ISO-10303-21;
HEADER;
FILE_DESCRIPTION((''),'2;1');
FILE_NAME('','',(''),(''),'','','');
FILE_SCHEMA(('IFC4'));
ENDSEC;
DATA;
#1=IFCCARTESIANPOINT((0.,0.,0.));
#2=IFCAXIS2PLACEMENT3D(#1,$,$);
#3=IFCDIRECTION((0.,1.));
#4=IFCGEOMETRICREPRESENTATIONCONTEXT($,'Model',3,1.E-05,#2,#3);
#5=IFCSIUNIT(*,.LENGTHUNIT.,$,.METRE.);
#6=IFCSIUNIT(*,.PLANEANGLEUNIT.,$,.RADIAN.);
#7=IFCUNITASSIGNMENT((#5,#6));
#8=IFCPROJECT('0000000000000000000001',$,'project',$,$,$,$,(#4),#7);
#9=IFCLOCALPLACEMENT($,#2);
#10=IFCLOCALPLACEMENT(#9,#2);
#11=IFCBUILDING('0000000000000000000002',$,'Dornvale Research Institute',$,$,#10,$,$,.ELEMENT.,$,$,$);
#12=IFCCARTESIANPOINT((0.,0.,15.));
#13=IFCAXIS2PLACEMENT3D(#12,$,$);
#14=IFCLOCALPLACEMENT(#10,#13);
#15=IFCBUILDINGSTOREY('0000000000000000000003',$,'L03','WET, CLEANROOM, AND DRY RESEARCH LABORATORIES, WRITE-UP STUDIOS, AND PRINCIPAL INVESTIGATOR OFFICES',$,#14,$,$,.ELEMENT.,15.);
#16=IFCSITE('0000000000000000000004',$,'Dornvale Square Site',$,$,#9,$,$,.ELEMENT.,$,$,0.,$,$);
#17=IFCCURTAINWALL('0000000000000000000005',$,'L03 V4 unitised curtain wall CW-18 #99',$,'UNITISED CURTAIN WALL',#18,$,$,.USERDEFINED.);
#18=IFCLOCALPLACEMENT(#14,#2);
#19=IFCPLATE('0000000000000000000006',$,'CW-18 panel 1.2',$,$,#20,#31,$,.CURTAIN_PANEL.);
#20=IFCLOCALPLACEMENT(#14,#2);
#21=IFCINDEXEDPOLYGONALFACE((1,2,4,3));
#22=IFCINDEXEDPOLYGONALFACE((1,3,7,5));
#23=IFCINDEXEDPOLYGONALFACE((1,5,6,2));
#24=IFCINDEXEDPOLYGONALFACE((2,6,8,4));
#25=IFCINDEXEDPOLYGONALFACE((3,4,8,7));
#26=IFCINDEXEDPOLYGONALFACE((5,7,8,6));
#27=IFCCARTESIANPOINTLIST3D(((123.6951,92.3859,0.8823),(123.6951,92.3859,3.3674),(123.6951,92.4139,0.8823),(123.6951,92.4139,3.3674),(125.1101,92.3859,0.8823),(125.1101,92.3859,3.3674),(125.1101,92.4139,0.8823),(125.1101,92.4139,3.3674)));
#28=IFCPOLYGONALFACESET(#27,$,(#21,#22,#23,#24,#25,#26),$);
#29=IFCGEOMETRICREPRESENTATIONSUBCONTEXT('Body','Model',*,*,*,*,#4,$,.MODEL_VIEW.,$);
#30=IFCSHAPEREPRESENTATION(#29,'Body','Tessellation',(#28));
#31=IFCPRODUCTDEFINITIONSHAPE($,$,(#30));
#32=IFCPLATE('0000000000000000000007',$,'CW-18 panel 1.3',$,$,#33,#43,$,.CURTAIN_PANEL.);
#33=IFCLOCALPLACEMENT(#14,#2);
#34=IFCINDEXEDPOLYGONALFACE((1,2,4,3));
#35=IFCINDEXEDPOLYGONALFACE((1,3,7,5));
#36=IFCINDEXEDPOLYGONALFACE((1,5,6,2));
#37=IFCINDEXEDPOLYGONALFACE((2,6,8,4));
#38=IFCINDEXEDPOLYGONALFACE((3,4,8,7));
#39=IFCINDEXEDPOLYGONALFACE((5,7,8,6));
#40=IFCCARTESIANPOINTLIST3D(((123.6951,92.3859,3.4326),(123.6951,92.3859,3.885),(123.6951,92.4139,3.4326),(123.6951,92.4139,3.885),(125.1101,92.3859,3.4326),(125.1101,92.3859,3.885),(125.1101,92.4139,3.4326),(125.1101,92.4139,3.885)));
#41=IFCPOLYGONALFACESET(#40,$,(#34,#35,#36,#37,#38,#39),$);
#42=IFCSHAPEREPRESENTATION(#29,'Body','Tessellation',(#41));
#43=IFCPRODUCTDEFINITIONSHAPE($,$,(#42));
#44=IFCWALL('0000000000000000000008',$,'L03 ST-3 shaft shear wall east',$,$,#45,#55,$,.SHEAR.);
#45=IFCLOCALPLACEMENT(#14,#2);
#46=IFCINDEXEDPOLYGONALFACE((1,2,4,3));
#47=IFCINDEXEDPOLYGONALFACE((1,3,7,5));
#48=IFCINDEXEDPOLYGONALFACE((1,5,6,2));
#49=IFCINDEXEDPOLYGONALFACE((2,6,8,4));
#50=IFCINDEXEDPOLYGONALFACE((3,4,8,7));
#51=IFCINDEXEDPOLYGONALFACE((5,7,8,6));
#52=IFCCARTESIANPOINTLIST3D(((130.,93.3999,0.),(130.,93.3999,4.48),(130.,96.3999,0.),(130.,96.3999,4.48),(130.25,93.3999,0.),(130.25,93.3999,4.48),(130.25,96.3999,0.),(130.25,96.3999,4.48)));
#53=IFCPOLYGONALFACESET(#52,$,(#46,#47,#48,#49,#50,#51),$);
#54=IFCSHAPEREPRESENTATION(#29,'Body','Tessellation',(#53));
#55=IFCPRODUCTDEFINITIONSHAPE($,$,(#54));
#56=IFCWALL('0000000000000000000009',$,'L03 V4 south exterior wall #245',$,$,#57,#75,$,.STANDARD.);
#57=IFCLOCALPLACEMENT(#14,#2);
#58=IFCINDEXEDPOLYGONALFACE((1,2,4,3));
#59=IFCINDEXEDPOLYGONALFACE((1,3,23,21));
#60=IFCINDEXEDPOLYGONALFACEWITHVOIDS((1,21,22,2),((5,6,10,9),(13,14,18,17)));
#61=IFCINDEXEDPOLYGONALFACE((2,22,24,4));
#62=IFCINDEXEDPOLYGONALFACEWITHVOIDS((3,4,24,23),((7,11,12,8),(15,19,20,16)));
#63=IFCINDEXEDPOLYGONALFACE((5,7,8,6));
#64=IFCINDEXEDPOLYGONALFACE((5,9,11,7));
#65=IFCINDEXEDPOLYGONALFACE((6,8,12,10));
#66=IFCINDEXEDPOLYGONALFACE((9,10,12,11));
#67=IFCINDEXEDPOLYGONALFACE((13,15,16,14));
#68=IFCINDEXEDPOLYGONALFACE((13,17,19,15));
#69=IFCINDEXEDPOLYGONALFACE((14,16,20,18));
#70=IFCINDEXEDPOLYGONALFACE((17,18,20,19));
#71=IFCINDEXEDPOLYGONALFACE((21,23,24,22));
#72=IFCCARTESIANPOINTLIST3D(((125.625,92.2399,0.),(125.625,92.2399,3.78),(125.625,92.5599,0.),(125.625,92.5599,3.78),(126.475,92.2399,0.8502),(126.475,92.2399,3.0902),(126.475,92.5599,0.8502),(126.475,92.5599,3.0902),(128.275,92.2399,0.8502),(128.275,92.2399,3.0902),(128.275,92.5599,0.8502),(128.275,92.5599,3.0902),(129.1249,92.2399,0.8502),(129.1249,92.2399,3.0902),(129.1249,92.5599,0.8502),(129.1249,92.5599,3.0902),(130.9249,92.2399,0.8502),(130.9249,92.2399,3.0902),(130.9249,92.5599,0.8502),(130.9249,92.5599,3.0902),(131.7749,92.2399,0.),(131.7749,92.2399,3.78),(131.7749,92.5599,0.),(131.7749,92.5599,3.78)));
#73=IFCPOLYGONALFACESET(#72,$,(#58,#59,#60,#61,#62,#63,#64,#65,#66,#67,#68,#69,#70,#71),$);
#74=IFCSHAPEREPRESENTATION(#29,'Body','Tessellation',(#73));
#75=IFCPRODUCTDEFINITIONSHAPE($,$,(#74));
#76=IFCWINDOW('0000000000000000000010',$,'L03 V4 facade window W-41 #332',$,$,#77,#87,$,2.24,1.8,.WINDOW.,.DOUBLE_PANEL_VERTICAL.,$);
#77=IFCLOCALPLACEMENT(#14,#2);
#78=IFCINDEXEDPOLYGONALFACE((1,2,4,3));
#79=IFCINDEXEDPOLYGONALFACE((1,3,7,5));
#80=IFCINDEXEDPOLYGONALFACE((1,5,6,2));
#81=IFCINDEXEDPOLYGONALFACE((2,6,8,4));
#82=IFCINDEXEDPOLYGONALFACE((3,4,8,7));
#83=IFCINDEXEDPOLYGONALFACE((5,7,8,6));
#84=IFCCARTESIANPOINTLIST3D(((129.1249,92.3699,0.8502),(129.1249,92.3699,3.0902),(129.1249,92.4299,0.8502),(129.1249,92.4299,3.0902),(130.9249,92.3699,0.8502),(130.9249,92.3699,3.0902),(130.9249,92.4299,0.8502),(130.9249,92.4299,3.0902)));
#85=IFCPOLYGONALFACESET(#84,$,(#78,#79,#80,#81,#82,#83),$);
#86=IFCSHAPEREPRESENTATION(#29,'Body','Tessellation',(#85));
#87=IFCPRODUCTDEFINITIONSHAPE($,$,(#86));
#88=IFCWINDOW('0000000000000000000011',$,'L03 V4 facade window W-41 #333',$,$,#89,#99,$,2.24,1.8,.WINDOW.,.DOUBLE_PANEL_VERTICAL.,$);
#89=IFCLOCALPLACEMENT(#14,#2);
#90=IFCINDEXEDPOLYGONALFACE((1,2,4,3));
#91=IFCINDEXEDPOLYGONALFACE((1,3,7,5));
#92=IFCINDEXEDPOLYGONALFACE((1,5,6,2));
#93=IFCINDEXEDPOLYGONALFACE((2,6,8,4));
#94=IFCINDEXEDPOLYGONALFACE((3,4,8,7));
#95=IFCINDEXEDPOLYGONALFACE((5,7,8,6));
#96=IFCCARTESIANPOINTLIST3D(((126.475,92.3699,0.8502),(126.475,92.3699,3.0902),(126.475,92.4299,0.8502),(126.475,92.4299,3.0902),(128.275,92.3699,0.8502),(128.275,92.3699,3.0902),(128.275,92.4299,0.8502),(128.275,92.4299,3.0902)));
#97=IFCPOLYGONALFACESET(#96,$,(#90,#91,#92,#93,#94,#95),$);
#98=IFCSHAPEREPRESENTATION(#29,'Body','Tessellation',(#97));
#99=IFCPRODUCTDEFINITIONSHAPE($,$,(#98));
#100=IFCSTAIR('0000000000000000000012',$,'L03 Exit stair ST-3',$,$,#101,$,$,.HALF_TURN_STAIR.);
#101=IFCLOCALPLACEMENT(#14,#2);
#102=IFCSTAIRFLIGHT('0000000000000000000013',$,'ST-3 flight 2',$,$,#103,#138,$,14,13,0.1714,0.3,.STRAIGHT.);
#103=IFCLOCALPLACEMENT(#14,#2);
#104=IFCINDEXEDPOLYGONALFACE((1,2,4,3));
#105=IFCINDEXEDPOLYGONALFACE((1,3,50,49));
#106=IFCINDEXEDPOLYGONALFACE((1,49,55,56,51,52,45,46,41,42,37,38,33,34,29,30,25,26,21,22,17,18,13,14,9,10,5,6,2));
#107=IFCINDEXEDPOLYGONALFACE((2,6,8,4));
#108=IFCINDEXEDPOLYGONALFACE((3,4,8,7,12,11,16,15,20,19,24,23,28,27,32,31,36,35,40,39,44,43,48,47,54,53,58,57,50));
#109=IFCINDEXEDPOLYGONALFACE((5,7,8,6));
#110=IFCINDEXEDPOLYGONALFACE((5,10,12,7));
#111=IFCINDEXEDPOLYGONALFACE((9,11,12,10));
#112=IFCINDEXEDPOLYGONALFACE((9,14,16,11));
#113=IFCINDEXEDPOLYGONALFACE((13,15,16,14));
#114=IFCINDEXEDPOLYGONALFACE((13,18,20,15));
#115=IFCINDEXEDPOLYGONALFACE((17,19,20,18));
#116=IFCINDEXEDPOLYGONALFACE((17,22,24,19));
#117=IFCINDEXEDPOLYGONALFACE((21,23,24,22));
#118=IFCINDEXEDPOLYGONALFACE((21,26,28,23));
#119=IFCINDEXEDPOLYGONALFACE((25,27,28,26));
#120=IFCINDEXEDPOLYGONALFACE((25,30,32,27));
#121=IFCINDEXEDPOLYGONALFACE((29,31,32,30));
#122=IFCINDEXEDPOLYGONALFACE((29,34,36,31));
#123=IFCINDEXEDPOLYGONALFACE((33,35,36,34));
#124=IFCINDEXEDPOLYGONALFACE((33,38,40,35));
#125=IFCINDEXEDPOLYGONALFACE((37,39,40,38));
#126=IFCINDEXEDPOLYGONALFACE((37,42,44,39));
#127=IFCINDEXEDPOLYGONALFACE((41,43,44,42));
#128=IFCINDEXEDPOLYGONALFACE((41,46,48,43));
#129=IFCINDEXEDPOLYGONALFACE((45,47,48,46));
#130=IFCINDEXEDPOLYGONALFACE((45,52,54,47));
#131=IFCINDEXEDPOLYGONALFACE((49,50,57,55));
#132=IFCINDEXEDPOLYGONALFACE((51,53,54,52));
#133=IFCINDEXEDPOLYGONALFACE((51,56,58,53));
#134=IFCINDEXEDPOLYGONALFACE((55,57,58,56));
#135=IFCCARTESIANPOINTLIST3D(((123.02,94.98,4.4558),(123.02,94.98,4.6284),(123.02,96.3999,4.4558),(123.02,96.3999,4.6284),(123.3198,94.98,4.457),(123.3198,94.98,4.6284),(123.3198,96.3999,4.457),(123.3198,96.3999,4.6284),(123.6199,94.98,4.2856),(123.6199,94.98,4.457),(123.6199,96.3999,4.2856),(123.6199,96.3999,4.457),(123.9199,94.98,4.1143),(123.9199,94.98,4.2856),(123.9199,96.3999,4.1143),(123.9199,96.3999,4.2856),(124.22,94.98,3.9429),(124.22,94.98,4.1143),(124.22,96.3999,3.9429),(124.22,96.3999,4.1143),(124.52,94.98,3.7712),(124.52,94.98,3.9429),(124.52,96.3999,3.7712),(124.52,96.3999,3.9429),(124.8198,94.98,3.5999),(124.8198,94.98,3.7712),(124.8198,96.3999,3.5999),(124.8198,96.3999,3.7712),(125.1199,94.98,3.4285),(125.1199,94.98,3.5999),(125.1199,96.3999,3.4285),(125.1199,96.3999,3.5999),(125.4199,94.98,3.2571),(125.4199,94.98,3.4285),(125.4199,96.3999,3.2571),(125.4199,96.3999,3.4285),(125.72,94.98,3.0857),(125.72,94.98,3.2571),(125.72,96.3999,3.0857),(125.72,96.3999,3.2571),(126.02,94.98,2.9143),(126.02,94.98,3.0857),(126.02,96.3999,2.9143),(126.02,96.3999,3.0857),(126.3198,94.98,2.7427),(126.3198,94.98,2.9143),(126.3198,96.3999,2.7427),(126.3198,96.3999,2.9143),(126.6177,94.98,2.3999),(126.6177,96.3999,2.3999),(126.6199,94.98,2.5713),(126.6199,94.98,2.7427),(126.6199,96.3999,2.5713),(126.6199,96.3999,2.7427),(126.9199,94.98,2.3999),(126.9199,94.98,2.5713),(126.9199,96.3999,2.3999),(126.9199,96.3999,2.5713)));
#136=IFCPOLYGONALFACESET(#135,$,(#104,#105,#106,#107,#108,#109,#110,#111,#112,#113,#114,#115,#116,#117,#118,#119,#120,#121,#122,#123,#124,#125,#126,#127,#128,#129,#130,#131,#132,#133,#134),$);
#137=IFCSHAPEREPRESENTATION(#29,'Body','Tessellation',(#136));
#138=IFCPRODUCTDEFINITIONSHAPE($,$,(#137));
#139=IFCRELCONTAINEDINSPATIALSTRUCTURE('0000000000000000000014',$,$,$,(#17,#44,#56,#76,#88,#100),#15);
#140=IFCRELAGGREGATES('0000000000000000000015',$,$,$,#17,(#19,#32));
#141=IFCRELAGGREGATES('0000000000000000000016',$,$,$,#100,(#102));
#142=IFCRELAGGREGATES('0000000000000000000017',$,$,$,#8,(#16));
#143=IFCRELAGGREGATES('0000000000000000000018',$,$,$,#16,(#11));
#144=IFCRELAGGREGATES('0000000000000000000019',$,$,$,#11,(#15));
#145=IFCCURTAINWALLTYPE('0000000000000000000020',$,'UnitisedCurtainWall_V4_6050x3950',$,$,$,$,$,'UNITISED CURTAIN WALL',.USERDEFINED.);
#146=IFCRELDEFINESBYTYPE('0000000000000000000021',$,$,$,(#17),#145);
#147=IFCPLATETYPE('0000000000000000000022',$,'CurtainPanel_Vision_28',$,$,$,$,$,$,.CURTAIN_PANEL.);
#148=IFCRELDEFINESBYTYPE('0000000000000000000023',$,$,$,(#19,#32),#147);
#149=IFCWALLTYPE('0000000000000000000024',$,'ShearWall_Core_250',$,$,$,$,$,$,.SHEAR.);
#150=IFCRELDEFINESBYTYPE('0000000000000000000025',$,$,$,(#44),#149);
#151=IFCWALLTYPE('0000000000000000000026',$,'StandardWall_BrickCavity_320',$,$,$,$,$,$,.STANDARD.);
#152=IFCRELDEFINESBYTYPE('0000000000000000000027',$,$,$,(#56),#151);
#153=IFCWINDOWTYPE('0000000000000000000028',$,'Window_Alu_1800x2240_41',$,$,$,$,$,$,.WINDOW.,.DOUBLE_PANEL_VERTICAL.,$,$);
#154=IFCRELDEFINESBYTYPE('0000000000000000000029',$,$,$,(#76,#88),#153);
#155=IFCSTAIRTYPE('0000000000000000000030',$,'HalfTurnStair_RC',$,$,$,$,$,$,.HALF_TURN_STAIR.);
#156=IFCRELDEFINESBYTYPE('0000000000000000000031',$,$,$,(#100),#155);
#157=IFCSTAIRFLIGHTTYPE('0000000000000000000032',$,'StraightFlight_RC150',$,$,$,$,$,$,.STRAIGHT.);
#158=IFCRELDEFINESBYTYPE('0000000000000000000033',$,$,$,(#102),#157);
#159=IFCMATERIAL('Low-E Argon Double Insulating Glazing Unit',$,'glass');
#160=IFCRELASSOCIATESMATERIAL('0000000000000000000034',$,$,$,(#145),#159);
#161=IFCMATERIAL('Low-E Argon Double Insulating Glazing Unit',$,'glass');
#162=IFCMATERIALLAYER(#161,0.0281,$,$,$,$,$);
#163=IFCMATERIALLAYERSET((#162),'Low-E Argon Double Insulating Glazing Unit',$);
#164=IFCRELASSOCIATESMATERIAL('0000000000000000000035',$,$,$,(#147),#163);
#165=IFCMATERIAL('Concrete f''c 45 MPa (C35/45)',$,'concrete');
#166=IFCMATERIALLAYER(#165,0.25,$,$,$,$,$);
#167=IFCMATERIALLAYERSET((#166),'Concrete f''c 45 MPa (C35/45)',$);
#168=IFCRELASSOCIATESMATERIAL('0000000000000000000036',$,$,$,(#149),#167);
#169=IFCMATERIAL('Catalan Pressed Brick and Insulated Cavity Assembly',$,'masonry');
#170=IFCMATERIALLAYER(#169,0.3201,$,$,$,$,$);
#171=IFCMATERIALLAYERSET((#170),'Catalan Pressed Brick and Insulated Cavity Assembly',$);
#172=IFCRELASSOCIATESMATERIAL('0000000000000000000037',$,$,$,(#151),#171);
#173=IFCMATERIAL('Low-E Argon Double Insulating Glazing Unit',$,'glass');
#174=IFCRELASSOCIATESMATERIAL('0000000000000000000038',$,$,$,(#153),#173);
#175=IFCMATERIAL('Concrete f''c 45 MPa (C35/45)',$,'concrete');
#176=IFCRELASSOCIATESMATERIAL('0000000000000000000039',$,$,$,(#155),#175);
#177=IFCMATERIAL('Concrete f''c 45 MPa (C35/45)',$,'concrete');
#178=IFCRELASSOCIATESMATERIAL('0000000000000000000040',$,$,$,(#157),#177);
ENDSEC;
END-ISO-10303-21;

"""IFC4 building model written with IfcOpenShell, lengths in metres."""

from ifc_helpers import new_model, si_unit, direction, frame, frame_2d, origin, origin_2d, place, context, subcontext, project, spatial, polyline, rectangle, outline, extrude, material, layer, layer_set, type_object, element, fill, aggregate, save


model = new_model("IFC4")

# Units and contexts
model_context = context("Model", 3, precision=1e-05, world=origin(), true_north=direction((0.0, 1.0)))
body_context = subcontext(model_context, "Body", "Model", "MODEL_VIEW")
ifc_project = project(units=[si_unit("LENGTHUNIT", "METRE"), si_unit("PLANEANGLEUNIT", "RADIAN")], contexts=[model_context])

# Site, building, storey
site_placement = place(None, origin())
site = spatial("IfcSite", under=ifc_project, at=site_placement, Name="Dornvale Square Site", CompositionType="ELEMENT", RefElevation=0.0)
building_placement = place(site_placement, origin())
building = spatial("IfcBuilding", under=site, at=building_placement, Name="Dornvale Research Institute", CompositionType="ELEMENT")
storey_placement = place(building_placement, frame((0.0, 0.0, 15.0)))
storey = spatial("IfcBuildingStorey", under=building, at=storey_placement, Name="L03", Description="WET, CLEANROOM, AND DRY RESEARCH LABORATORIES, WRITE-UP STUDIOS, AND PRINCIPAL INVESTIGATOR OFFICES", CompositionType="ELEMENT", Elevation=15.0)

# Curtain wall
ifc_material_1 = material(Name="Low-E Argon Double Insulating Glazing Unit", Category="glass")
curtain_wall_type = type_object("IfcCurtainWallType", Name="UnitisedCurtainWall_V4_6050x3950", ElementType="UNITISED CURTAIN WALL", PredefinedType="USERDEFINED", material=ifc_material_1)
curtain_wall_placement = place(storey_placement, origin())
curtain_wall = element("IfcCurtainWall", 1, at=curtain_wall_placement, inside=storey, type_object=curtain_wall_type, Name="L03 V4 unitised curtain wall CW-18 #99", ObjectType="UNITISED CURTAIN WALL", PredefinedType="USERDEFINED")

# Plates
ifc_material_2 = material(Name="Low-E Argon Double Insulating Glazing Unit", Category="glass")
ifc_layer_1 = layer(ifc_material_2, 0.0281)
ifc_layer_set_1 = layer_set([ifc_layer_1], Name="Low-E Argon Double Insulating Glazing Unit")
plate_type_1 = type_object("IfcPlateType", Name="CurtainPanel_Vision_28", PredefinedType="CURTAIN_PANEL", material=ifc_layer_set_1)
plate_1_placement = place(storey_placement, frame((124.4026, 92.3999, 0.8823), z_axis=(0.0, 0.0, 1.0), x_axis=(-1.0, 0.0, 0.0)))
plate_1 = element("IfcPlate", 2, at=plate_1_placement, type_object=plate_type_1, Name="CW-18 panel 1.2", PredefinedType="CURTAIN_PANEL", context=body_context, shape_type="SweptSolid", body=[
    extrude(rectangle(XDim=1.415, YDim=0.0281, at=origin_2d()), origin(), (0.0, 0.0, 1.0), 2.4851),
])
plate_2_placement = place(storey_placement, frame((124.4026, 92.3999, 3.4326), z_axis=(0.0, 0.0, 1.0), x_axis=(-1.0, 0.0, 0.0)))
plate_2 = element("IfcPlate", 3, at=plate_2_placement, type_object=plate_type_1, Name="CW-18 panel 1.3", PredefinedType="CURTAIN_PANEL", context=body_context, shape_type="SweptSolid", body=[
    extrude(rectangle(XDim=1.415, YDim=0.0281, at=origin_2d()), origin(), (0.0, 0.0, 1.0), 0.4524),
])
aggregate(curtain_wall, [plate_1, plate_2])

# Wall
ifc_material_3 = material(Name="Concrete f'c 45 MPa (C35/45)", Category="concrete")
ifc_layer_2 = layer(ifc_material_3, 0.25)
ifc_layer_set_2 = layer_set([ifc_layer_2], Name="Concrete f'c 45 MPa (C35/45)")
wall_type_1 = type_object("IfcWallType", Name="ShearWall_Core_250", PredefinedType="SHEAR", material=ifc_layer_set_2)
wall_1_placement = place(storey_placement, frame((130.125, 93.3999, 0.0), z_axis=(0.0, 0.0, 1.0), x_axis=(0.0, 1.0, 0.0)))
element("IfcWall", 4, at=wall_1_placement, inside=storey, type_object=wall_type_1, Name="L03 ST-3 shaft shear wall east", PredefinedType="SHEAR", context=body_context, shape_type="SweptSolid", body=[
    extrude(rectangle(XDim=3.0, YDim=0.25, at=frame_2d((1.5, 0.0))), origin(), (0.0, 0.0, 1.0), 4.48),
])

# Wall, openings, windows
ifc_material_4 = material(Name="Catalan Pressed Brick and Insulated Cavity Assembly", Category="masonry")
ifc_layer_3 = layer(ifc_material_4, 0.3201)
ifc_layer_set_3 = layer_set([ifc_layer_3], Name="Catalan Pressed Brick and Insulated Cavity Assembly")
wall_type_2 = type_object("IfcWallType", Name="StandardWall_BrickCavity_320", PredefinedType="STANDARD", material=ifc_layer_set_3)
wall_2_placement = place(storey_placement, frame((131.7749, 92.3999, 0.0), z_axis=(0.0, 0.0, 1.0), x_axis=(-1.0, 0.0, 0.0)))
wall_2 = element("IfcWall", 5, at=wall_2_placement, inside=storey, type_object=wall_type_2, Name="L03 V4 south exterior wall #245", PredefinedType="STANDARD", context=body_context, shape_type="SweptSolid", body=[
    extrude(rectangle(XDim=6.1499, YDim=0.3201, at=frame_2d((3.075, 0.0))), origin(), (0.0, 0.0, 1.0), 3.78),
])
opening_1_placement = place(wall_2_placement, frame((0.8501, 0.0, 0.8501)))
opening_1 = element("IfcOpeningElement", 6, at=opening_1_placement, cuts=wall_2, PredefinedType="OPENING", context=body_context, shape_type="SweptSolid", body=[
    extrude(rectangle(XDim=1.8, YDim=2.24, at=frame_2d((0.8999, 1.1201))), frame((0.0, 0.175, 0.0), z_axis=(0.0, -1.0, 0.0), x_axis=(1.0, 0.0, 0.0)), (0.0, 0.0, 1.0), 0.3501),
])
opening_2_placement = place(wall_2_placement, frame((3.5, 0.0, 0.8501)))
opening_2 = element("IfcOpeningElement", 7, at=opening_2_placement, cuts=wall_2, PredefinedType="OPENING", context=body_context, shape_type="SweptSolid", body=[
    extrude(rectangle(XDim=1.8, YDim=2.24, at=frame_2d((0.8999, 1.1201))), frame((0.0, 0.175, 0.0), z_axis=(0.0, -1.0, 0.0), x_axis=(1.0, 0.0, 0.0)), (0.0, 0.0, 1.0), 0.3501),
])
ifc_material_5 = material(Name="Low-E Argon Double Insulating Glazing Unit", Category="glass")
window_type = type_object("IfcWindowType", Name="Window_Alu_1800x2240_41", PartitioningType="DOUBLE_PANEL_VERTICAL", PredefinedType="WINDOW", material=ifc_material_5)
window_1_placement = place(opening_1_placement, origin())
window_1 = element("IfcWindow", 8, at=window_1_placement, inside=storey, type_object=window_type, Name="L03 V4 facade window W-41 #332", OverallHeight=2.24, OverallWidth=1.8, PartitioningType="DOUBLE_PANEL_VERTICAL", PredefinedType="WINDOW", context=body_context, shape_type="SweptSolid", body=[
    extrude(rectangle(XDim=1.8, YDim=2.24, at=frame_2d((0.8999, 1.1201))), frame((0.0, 0.03, 0.0), z_axis=(0.0, -1.0, 0.0), x_axis=(1.0, 0.0, 0.0)), (0.0, 0.0, 1.0), 0.0601),
])
fill(opening_1, window_1)
window_2_placement = place(opening_2_placement, origin())
window_2 = element("IfcWindow", 9, at=window_2_placement, inside=storey, type_object=window_type, Name="L03 V4 facade window W-41 #333", OverallHeight=2.24, OverallWidth=1.8, PartitioningType="DOUBLE_PANEL_VERTICAL", PredefinedType="WINDOW", context=body_context, shape_type="SweptSolid", body=[
    extrude(rectangle(XDim=1.8, YDim=2.24, at=frame_2d((0.8999, 1.1201))), frame((0.0, 0.03, 0.0), z_axis=(0.0, -1.0, 0.0), x_axis=(1.0, 0.0, 0.0)), (0.0, 0.0, 1.0), 0.0601),
])
fill(opening_2, window_2)

# Stair, stair flight
ifc_material_6 = material(Name="Concrete f'c 45 MPa (C35/45)", Category="concrete")
stair_type = type_object("IfcStairType", Name="HalfTurnStair_RC", PredefinedType="HALF_TURN_STAIR", material=ifc_material_6)
stair_placement = place(storey_placement, origin())
stair = element("IfcStair", 10, at=stair_placement, inside=storey, type_object=stair_type, Name="L03 Exit stair ST-3", PredefinedType="HALF_TURN_STAIR")
ifc_material_7 = material(Name="Concrete f'c 45 MPa (C35/45)", Category="concrete")
stair_flight_type = type_object("IfcStairFlightType", Name="StraightFlight_RC150", PredefinedType="STRAIGHT", material=ifc_material_7)
stair_flight_placement = place(storey_placement, frame((126.9199, 95.6899, 2.3999), z_axis=(0.0, 0.0, 1.0), x_axis=(-1.0, 0.0, 0.0)))
stair_flight = element("IfcStairFlight", 11, at=stair_flight_placement, type_object=stair_flight_type, Name="ST-3 flight 2", NumberOfRisers=14, NumberOfTreads=13, PredefinedType="STRAIGHT", RiserHeight=0.1714, TreadLength=0.3, context=body_context, shape_type="SweptSolid", body=[
    extrude(outline(polyline([(0.0, 0.0), (0.0, 0.1714), (0.3, 0.1714), (0.3, 0.3428), (0.6001, 0.3428), (0.6001, 0.5144), (0.8999, 0.5144), (0.8999, 0.6858), (1.2, 0.6858), (1.2, 0.8572), (1.5, 0.8572), (1.5, 1.0286), (1.8, 1.0286), (1.8, 1.2), (2.1001, 1.2), (2.1001, 1.3713), (2.3999, 1.3713), (2.3999, 1.543), (2.7, 1.543), (2.7, 1.7144), (3.0, 1.7144), (3.0, 1.8857), (3.3, 1.8857), (3.3, 2.0571), (3.6001, 2.0571), (3.6001, 2.2285), (3.8999, 2.2285), (3.8999, 2.3999), (3.8999, 2.0559), (0.3022, 0.0), (0.0, 0.0)])), frame((0.0, 0.71, 0.0), z_axis=(0.0, -1.0, 0.0), x_axis=(1.0, 0.0, 0.0)), (0.0, 0.0, 1.0), 1.4199),
])
aggregate(stair, [stair_flight])

save(model, "model.ifc")
